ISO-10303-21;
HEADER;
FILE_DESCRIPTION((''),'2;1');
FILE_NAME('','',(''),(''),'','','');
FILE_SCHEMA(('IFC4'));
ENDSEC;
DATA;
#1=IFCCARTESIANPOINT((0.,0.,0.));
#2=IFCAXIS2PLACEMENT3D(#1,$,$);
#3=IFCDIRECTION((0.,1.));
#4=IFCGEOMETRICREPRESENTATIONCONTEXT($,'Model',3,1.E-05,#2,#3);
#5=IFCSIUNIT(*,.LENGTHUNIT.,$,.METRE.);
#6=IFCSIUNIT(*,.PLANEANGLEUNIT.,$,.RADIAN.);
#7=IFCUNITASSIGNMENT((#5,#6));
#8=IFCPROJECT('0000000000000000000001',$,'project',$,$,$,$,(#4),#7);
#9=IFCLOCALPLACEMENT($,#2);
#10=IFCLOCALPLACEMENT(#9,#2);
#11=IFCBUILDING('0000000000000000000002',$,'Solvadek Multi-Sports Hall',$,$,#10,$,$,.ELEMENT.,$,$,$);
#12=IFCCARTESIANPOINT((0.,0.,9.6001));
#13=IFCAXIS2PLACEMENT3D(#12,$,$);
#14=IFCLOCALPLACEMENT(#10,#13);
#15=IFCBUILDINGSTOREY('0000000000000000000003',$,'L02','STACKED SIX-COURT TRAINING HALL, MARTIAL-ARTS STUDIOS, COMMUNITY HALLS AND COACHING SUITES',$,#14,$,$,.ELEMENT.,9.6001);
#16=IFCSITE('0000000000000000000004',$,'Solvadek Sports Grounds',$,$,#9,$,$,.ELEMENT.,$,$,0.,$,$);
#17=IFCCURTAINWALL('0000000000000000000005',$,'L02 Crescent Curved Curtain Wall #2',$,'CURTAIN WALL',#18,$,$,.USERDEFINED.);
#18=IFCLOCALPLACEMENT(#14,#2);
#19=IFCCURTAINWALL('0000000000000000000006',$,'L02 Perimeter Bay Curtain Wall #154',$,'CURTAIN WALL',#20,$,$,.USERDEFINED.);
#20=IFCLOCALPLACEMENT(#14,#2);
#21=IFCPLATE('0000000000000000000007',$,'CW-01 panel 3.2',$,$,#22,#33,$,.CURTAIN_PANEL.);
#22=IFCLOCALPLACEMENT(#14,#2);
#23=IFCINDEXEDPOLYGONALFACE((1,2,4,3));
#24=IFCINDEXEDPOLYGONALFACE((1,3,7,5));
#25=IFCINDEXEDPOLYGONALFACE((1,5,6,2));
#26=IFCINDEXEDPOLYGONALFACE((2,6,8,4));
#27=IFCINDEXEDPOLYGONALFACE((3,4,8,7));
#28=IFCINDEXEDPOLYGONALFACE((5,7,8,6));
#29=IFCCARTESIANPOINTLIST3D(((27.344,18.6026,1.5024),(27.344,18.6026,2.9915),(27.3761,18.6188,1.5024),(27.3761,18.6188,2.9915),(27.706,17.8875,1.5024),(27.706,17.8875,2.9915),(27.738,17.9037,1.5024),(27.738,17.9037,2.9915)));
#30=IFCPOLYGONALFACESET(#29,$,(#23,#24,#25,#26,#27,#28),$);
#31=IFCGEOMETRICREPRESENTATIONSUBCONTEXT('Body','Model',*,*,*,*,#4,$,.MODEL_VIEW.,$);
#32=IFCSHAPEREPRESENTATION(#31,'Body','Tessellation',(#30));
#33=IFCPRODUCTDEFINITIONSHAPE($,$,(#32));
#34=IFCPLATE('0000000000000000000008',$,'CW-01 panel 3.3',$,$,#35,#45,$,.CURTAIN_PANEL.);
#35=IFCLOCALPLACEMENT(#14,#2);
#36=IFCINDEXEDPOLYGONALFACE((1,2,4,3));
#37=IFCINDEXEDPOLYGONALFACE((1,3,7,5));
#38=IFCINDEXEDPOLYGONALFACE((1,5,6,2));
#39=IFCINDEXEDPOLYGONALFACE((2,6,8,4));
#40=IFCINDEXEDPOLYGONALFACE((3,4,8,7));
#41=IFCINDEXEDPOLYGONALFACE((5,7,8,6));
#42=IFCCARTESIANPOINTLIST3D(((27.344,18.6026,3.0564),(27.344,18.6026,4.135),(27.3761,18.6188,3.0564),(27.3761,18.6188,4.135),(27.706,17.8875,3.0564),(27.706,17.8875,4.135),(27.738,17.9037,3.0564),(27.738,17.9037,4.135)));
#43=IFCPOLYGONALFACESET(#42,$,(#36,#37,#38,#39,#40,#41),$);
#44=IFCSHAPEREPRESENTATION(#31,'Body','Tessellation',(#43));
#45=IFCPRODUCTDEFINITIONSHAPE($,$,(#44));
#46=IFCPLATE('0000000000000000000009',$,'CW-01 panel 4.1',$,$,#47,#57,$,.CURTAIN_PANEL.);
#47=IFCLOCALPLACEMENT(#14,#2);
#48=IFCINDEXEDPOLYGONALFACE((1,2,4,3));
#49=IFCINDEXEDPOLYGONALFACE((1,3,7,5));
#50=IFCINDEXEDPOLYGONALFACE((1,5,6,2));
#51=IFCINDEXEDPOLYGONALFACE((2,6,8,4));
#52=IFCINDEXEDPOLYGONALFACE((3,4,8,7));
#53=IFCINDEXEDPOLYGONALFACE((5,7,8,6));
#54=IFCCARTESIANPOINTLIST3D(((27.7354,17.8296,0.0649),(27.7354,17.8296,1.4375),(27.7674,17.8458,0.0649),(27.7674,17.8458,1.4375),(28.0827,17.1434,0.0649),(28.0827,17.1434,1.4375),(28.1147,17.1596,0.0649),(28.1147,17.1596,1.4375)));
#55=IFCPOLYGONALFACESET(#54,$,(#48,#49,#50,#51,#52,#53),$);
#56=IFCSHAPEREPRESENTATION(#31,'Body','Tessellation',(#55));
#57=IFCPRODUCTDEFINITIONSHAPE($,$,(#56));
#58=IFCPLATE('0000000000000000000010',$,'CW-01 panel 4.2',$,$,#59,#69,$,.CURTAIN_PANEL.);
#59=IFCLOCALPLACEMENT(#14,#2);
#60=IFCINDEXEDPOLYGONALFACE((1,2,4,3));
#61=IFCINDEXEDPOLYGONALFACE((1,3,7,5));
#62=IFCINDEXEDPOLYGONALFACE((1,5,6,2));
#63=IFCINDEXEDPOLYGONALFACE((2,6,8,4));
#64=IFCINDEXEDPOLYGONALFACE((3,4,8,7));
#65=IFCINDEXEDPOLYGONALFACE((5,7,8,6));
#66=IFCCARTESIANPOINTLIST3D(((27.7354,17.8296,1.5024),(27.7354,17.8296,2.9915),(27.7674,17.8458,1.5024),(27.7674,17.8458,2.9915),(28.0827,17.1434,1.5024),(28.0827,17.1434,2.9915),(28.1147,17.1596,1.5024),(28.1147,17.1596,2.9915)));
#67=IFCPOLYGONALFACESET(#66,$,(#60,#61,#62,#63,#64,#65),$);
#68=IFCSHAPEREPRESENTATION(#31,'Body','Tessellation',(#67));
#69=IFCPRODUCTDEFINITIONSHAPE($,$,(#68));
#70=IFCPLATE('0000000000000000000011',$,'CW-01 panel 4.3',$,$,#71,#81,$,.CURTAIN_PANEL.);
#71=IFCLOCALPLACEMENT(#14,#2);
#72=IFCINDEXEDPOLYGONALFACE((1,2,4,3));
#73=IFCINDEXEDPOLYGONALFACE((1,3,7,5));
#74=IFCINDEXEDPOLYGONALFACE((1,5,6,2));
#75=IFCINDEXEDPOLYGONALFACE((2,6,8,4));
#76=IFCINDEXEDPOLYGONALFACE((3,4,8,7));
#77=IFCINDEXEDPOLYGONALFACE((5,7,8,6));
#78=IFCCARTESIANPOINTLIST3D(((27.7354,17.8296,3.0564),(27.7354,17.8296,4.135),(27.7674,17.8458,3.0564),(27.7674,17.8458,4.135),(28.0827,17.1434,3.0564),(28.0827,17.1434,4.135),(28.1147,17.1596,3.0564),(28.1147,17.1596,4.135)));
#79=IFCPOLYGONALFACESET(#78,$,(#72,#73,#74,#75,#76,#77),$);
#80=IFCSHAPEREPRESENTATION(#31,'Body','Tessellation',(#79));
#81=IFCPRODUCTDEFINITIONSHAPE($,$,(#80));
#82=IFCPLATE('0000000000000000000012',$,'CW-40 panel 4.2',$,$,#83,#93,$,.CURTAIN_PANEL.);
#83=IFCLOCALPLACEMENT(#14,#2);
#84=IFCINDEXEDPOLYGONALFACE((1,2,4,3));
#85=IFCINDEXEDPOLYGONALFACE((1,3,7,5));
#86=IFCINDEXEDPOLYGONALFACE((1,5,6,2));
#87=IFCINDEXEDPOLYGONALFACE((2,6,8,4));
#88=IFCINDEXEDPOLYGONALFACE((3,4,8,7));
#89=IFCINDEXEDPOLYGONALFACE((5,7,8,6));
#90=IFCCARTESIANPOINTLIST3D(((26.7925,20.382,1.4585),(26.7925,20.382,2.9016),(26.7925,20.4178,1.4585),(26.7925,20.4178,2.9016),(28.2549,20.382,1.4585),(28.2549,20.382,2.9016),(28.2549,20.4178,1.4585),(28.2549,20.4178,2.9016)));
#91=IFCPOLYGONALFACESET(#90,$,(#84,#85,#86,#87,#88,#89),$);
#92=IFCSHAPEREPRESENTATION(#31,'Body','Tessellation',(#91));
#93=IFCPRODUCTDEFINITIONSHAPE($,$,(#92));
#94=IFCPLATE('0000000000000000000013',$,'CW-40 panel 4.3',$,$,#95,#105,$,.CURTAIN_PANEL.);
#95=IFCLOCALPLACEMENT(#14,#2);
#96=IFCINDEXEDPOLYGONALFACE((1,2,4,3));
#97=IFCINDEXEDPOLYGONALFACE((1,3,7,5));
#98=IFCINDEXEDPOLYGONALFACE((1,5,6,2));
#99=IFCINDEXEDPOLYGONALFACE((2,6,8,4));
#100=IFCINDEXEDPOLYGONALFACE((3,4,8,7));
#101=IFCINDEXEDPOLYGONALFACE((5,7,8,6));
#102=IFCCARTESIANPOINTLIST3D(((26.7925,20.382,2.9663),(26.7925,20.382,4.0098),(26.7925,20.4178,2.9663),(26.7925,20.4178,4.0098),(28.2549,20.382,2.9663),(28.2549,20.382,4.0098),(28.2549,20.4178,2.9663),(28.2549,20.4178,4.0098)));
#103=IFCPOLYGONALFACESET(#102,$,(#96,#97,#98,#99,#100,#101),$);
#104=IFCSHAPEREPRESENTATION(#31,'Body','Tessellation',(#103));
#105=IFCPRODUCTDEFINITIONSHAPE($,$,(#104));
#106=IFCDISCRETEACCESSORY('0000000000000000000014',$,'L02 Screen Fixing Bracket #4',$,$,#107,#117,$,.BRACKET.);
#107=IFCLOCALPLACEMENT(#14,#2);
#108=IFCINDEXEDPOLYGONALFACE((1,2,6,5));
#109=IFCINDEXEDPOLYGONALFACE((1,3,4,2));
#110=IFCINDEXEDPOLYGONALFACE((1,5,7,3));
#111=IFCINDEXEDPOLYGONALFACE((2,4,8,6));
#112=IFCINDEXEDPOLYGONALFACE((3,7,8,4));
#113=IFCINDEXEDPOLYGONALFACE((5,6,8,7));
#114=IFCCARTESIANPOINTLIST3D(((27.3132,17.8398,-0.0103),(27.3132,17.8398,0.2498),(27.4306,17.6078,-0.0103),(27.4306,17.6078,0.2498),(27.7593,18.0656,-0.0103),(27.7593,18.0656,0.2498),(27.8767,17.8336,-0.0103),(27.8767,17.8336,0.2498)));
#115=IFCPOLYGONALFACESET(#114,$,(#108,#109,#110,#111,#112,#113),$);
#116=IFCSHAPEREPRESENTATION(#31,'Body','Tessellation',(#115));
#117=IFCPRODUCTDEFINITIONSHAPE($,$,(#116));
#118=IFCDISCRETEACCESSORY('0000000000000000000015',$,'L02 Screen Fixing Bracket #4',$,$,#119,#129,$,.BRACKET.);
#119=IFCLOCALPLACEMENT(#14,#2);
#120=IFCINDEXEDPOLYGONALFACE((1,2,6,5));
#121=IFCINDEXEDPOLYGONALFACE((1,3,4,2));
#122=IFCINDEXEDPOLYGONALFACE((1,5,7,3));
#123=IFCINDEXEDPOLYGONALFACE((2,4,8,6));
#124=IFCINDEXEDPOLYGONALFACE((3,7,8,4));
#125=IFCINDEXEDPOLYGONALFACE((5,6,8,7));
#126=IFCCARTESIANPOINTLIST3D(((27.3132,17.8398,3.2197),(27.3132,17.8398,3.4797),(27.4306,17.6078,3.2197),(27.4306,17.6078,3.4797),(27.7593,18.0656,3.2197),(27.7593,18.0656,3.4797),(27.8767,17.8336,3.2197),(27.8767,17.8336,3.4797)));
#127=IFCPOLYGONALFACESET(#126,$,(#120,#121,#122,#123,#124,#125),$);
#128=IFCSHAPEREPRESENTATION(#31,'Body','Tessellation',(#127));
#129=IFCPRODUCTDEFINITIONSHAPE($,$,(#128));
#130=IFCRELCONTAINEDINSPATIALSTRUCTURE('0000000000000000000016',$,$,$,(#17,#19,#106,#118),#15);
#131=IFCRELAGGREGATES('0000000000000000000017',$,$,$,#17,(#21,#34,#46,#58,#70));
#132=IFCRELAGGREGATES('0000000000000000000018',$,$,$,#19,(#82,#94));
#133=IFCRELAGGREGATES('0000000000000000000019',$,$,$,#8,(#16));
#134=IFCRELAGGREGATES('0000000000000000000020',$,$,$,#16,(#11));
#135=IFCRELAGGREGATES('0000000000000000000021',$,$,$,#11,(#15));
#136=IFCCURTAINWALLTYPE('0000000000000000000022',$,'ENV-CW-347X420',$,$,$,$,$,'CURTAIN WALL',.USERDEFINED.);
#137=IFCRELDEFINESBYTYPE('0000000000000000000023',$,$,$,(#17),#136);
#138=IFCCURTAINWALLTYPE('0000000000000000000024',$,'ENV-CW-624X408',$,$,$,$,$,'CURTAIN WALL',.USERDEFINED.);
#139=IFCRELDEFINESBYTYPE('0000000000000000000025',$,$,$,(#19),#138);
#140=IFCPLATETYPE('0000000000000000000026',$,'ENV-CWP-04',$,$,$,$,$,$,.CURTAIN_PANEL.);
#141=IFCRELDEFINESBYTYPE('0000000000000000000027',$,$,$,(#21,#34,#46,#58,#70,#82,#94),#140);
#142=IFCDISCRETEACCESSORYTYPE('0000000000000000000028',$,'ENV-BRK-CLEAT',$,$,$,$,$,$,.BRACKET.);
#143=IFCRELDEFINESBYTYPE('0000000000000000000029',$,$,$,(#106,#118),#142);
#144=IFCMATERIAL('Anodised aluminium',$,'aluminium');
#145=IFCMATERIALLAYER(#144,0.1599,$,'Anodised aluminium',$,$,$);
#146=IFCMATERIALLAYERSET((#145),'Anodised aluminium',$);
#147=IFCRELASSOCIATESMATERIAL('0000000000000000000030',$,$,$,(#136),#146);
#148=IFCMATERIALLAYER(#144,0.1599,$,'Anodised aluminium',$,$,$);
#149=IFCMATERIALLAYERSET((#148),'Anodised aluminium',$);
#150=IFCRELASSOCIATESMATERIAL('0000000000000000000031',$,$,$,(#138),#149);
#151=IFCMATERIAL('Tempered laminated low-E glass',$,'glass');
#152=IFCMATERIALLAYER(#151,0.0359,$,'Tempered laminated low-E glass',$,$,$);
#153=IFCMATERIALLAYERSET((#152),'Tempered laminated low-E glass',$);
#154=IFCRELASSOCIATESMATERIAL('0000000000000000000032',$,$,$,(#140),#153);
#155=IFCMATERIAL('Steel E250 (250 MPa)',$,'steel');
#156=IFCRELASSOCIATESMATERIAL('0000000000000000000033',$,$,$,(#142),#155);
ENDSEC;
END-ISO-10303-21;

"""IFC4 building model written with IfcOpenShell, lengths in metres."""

from ifc_helpers import new_model, si_unit, direction, frame, origin, origin_2d, place, context, subcontext, project, spatial, rectangle, extrude, material, layer, layer_set, type_object, element, aggregate, save


model = new_model("IFC4")

# Units and contexts
model_context = context("Model", 3, precision=1e-05, world=origin(), true_north=direction((0.0, 1.0)))
body_context = subcontext(model_context, "Body", "Model", "MODEL_VIEW")
ifc_project = project(units=[si_unit("LENGTHUNIT", "METRE"), si_unit("PLANEANGLEUNIT", "RADIAN")], contexts=[model_context])

# Site, building, storey
site_placement = place(None, origin())
site = spatial("IfcSite", under=ifc_project, at=site_placement, Name="Solvadek Sports Grounds", CompositionType="ELEMENT", RefElevation=0.0)
building_placement = place(site_placement, origin())
building = spatial("IfcBuilding", under=site, at=building_placement, Name="Solvadek Multi-Sports Hall", CompositionType="ELEMENT")
storey_placement = place(building_placement, frame((0.0, 0.0, 9.6001)))
storey = spatial("IfcBuildingStorey", under=building, at=storey_placement, Name="L02", Description="STACKED SIX-COURT TRAINING HALL, MARTIAL-ARTS STUDIOS, COMMUNITY HALLS AND COACHING SUITES", CompositionType="ELEMENT", Elevation=9.6001)

# Curtain wall
ifc_material_1 = material(Name="Anodised aluminium", Category="aluminium")
ifc_layer_1 = layer(ifc_material_1, 0.1599, Name="Anodised aluminium")
ifc_layer_set_1 = layer_set([ifc_layer_1], Name="Anodised aluminium")
curtain_wall_type_1 = type_object("IfcCurtainWallType", Name="ENV-CW-347X420", ElementType="CURTAIN WALL", PredefinedType="USERDEFINED", material=ifc_layer_set_1)
curtain_wall_1_placement = place(storey_placement, origin())
curtain_wall_1 = element("IfcCurtainWall", 1, at=curtain_wall_1_placement, inside=storey, type_object=curtain_wall_type_1, Name="L02 Crescent Curved Curtain Wall #2", ObjectType="CURTAIN WALL", PredefinedType="USERDEFINED")

# Curtain wall
ifc_layer_2 = layer(ifc_material_1, 0.1599, Name="Anodised aluminium")
ifc_layer_set_2 = layer_set([ifc_layer_2], Name="Anodised aluminium")
curtain_wall_type_2 = type_object("IfcCurtainWallType", Name="ENV-CW-624X408", ElementType="CURTAIN WALL", PredefinedType="USERDEFINED", material=ifc_layer_set_2)
curtain_wall_2_placement = place(storey_placement, origin())
curtain_wall_2 = element("IfcCurtainWall", 2, at=curtain_wall_2_placement, inside=storey, type_object=curtain_wall_type_2, Name="L02 Perimeter Bay Curtain Wall #154", ObjectType="CURTAIN WALL", PredefinedType="USERDEFINED")

# Plates
ifc_material_2 = material(Name="Tempered laminated low-E glass", Category="glass")
ifc_layer_3 = layer(ifc_material_2, 0.0359, Name="Tempered laminated low-E glass")
ifc_layer_set_3 = layer_set([ifc_layer_3], Name="Tempered laminated low-E glass")
plate_type = type_object("IfcPlateType", Name="ENV-CWP-04", PredefinedType="CURTAIN_PANEL", material=ifc_layer_set_3)
plate_1_placement = place(storey_placement, frame((27.541, 18.2532, 1.5024), z_axis=(0.0, 0.0, 1.0), x_axis=(0.451559, -0.892241, 0.0)))
plate_1 = element("IfcPlate", 3, at=plate_1_placement, type_object=plate_type, Name="CW-01 panel 3.2", PredefinedType="CURTAIN_PANEL", context=body_context, shape_type="SweptSolid", body=[
    extrude(rectangle(XDim=0.8015, YDim=0.0359, at=origin_2d()), origin(), (0.0, 0.0, 1.0), 1.489),
])
plate_2_placement = place(storey_placement, frame((27.541, 18.2532, 3.0564), z_axis=(0.0, 0.0, 1.0), x_axis=(0.451559, -0.892241, 0.0)))
plate_2 = element("IfcPlate", 4, at=plate_2_placement, type_object=plate_type, Name="CW-01 panel 3.3", PredefinedType="CURTAIN_PANEL", context=body_context, shape_type="SweptSolid", body=[
    extrude(rectangle(XDim=0.8015, YDim=0.0359, at=origin_2d()), origin(), (0.0, 0.0, 1.0), 1.0786),
])
plate_3_placement = place(storey_placement, frame((27.925, 17.4946, 0.0649), z_axis=(0.0, 0.0, 1.0), x_axis=(0.451559, -0.892241, 0.0)))
plate_3 = element("IfcPlate", 5, at=plate_3_placement, type_object=plate_type, Name="CW-01 panel 4.1", PredefinedType="CURTAIN_PANEL", context=body_context, shape_type="SweptSolid", body=[
    extrude(rectangle(XDim=0.769, YDim=0.0359, at=origin_2d()), origin(), (0.0, 0.0, 1.0), 1.3726),
])
plate_4_placement = place(storey_placement, frame((27.925, 17.4946, 1.5024), z_axis=(0.0, 0.0, 1.0), x_axis=(0.451559, -0.892241, 0.0)))
plate_4 = element("IfcPlate", 6, at=plate_4_placement, type_object=plate_type, Name="CW-01 panel 4.2", PredefinedType="CURTAIN_PANEL", context=body_context, shape_type="SweptSolid", body=[
    extrude(rectangle(XDim=0.769, YDim=0.0359, at=origin_2d()), origin(), (0.0, 0.0, 1.0), 1.489),
])
plate_5_placement = place(storey_placement, frame((27.925, 17.4946, 3.0564), z_axis=(0.0, 0.0, 1.0), x_axis=(0.451559, -0.892241, 0.0)))
plate_5 = element("IfcPlate", 7, at=plate_5_placement, type_object=plate_type, Name="CW-01 panel 4.3", PredefinedType="CURTAIN_PANEL", context=body_context, shape_type="SweptSolid", body=[
    extrude(rectangle(XDim=0.769, YDim=0.0359, at=origin_2d()), origin(), (0.0, 0.0, 1.0), 1.0786),
])
aggregate(curtain_wall_1, [plate_1, plate_2, plate_3, plate_4, plate_5])
plate_6_placement = place(storey_placement, frame((27.5237, 20.3999, 1.4585), z_axis=(0.0, 0.0, 1.0), x_axis=(1.0, 0.0, 0.0)))
plate_6 = element("IfcPlate", 8, at=plate_6_placement, type_object=plate_type, Name="CW-40 panel 4.2", PredefinedType="CURTAIN_PANEL", context=body_context, shape_type="SweptSolid", body=[
    extrude(rectangle(XDim=1.4624, YDim=0.0359, at=origin_2d()), origin(), (0.0, 0.0, 1.0), 1.4431),
])
plate_7_placement = place(storey_placement, frame((27.5237, 20.3999, 2.9663), z_axis=(0.0, 0.0, 1.0), x_axis=(1.0, 0.0, 0.0)))
plate_7 = element("IfcPlate", 9, at=plate_7_placement, type_object=plate_type, Name="CW-40 panel 4.3", PredefinedType="CURTAIN_PANEL", context=body_context, shape_type="SweptSolid", body=[
    extrude(rectangle(XDim=1.4624, YDim=0.0359, at=origin_2d()), origin(), (0.0, 0.0, 1.0), 1.0435),
])
aggregate(curtain_wall_2, [plate_6, plate_7])

# Discrete accessories
ifc_material_3 = material(Name="Steel E250 (250 MPa)", Category="steel")
discrete_accessory_type = type_object("IfcDiscreteAccessoryType", Name="ENV-BRK-CLEAT", PredefinedType="BRACKET", material=ifc_material_3)
for number, where, z_axis, x_axis, name in (
    (10, (27.595, 17.8367, -0.0103), (0.0, 0.0, 1.0), (0.451555, -0.892243, 0.0), "L02 Screen Fixing Bracket #4"),
    (11, (27.595, 17.8367, 3.2197), (0.0, 0.0, 1.0), (0.451555, -0.892243, 0.0), "L02 Screen Fixing Bracket #4"),
):
    element("IfcDiscreteAccessory", number, at=place(storey_placement, frame(where, z_axis=z_axis, x_axis=x_axis)), inside=storey, type_object=discrete_accessory_type, Name=name, PredefinedType="BRACKET", context=body_context, shape_type="SweptSolid", body=[
        extrude(rectangle(XDim=0.26, YDim=0.5, at=origin_2d()), origin(), (0.0, 0.0, 1.0), 0.26),
    ])

save(model, "model.ifc")
